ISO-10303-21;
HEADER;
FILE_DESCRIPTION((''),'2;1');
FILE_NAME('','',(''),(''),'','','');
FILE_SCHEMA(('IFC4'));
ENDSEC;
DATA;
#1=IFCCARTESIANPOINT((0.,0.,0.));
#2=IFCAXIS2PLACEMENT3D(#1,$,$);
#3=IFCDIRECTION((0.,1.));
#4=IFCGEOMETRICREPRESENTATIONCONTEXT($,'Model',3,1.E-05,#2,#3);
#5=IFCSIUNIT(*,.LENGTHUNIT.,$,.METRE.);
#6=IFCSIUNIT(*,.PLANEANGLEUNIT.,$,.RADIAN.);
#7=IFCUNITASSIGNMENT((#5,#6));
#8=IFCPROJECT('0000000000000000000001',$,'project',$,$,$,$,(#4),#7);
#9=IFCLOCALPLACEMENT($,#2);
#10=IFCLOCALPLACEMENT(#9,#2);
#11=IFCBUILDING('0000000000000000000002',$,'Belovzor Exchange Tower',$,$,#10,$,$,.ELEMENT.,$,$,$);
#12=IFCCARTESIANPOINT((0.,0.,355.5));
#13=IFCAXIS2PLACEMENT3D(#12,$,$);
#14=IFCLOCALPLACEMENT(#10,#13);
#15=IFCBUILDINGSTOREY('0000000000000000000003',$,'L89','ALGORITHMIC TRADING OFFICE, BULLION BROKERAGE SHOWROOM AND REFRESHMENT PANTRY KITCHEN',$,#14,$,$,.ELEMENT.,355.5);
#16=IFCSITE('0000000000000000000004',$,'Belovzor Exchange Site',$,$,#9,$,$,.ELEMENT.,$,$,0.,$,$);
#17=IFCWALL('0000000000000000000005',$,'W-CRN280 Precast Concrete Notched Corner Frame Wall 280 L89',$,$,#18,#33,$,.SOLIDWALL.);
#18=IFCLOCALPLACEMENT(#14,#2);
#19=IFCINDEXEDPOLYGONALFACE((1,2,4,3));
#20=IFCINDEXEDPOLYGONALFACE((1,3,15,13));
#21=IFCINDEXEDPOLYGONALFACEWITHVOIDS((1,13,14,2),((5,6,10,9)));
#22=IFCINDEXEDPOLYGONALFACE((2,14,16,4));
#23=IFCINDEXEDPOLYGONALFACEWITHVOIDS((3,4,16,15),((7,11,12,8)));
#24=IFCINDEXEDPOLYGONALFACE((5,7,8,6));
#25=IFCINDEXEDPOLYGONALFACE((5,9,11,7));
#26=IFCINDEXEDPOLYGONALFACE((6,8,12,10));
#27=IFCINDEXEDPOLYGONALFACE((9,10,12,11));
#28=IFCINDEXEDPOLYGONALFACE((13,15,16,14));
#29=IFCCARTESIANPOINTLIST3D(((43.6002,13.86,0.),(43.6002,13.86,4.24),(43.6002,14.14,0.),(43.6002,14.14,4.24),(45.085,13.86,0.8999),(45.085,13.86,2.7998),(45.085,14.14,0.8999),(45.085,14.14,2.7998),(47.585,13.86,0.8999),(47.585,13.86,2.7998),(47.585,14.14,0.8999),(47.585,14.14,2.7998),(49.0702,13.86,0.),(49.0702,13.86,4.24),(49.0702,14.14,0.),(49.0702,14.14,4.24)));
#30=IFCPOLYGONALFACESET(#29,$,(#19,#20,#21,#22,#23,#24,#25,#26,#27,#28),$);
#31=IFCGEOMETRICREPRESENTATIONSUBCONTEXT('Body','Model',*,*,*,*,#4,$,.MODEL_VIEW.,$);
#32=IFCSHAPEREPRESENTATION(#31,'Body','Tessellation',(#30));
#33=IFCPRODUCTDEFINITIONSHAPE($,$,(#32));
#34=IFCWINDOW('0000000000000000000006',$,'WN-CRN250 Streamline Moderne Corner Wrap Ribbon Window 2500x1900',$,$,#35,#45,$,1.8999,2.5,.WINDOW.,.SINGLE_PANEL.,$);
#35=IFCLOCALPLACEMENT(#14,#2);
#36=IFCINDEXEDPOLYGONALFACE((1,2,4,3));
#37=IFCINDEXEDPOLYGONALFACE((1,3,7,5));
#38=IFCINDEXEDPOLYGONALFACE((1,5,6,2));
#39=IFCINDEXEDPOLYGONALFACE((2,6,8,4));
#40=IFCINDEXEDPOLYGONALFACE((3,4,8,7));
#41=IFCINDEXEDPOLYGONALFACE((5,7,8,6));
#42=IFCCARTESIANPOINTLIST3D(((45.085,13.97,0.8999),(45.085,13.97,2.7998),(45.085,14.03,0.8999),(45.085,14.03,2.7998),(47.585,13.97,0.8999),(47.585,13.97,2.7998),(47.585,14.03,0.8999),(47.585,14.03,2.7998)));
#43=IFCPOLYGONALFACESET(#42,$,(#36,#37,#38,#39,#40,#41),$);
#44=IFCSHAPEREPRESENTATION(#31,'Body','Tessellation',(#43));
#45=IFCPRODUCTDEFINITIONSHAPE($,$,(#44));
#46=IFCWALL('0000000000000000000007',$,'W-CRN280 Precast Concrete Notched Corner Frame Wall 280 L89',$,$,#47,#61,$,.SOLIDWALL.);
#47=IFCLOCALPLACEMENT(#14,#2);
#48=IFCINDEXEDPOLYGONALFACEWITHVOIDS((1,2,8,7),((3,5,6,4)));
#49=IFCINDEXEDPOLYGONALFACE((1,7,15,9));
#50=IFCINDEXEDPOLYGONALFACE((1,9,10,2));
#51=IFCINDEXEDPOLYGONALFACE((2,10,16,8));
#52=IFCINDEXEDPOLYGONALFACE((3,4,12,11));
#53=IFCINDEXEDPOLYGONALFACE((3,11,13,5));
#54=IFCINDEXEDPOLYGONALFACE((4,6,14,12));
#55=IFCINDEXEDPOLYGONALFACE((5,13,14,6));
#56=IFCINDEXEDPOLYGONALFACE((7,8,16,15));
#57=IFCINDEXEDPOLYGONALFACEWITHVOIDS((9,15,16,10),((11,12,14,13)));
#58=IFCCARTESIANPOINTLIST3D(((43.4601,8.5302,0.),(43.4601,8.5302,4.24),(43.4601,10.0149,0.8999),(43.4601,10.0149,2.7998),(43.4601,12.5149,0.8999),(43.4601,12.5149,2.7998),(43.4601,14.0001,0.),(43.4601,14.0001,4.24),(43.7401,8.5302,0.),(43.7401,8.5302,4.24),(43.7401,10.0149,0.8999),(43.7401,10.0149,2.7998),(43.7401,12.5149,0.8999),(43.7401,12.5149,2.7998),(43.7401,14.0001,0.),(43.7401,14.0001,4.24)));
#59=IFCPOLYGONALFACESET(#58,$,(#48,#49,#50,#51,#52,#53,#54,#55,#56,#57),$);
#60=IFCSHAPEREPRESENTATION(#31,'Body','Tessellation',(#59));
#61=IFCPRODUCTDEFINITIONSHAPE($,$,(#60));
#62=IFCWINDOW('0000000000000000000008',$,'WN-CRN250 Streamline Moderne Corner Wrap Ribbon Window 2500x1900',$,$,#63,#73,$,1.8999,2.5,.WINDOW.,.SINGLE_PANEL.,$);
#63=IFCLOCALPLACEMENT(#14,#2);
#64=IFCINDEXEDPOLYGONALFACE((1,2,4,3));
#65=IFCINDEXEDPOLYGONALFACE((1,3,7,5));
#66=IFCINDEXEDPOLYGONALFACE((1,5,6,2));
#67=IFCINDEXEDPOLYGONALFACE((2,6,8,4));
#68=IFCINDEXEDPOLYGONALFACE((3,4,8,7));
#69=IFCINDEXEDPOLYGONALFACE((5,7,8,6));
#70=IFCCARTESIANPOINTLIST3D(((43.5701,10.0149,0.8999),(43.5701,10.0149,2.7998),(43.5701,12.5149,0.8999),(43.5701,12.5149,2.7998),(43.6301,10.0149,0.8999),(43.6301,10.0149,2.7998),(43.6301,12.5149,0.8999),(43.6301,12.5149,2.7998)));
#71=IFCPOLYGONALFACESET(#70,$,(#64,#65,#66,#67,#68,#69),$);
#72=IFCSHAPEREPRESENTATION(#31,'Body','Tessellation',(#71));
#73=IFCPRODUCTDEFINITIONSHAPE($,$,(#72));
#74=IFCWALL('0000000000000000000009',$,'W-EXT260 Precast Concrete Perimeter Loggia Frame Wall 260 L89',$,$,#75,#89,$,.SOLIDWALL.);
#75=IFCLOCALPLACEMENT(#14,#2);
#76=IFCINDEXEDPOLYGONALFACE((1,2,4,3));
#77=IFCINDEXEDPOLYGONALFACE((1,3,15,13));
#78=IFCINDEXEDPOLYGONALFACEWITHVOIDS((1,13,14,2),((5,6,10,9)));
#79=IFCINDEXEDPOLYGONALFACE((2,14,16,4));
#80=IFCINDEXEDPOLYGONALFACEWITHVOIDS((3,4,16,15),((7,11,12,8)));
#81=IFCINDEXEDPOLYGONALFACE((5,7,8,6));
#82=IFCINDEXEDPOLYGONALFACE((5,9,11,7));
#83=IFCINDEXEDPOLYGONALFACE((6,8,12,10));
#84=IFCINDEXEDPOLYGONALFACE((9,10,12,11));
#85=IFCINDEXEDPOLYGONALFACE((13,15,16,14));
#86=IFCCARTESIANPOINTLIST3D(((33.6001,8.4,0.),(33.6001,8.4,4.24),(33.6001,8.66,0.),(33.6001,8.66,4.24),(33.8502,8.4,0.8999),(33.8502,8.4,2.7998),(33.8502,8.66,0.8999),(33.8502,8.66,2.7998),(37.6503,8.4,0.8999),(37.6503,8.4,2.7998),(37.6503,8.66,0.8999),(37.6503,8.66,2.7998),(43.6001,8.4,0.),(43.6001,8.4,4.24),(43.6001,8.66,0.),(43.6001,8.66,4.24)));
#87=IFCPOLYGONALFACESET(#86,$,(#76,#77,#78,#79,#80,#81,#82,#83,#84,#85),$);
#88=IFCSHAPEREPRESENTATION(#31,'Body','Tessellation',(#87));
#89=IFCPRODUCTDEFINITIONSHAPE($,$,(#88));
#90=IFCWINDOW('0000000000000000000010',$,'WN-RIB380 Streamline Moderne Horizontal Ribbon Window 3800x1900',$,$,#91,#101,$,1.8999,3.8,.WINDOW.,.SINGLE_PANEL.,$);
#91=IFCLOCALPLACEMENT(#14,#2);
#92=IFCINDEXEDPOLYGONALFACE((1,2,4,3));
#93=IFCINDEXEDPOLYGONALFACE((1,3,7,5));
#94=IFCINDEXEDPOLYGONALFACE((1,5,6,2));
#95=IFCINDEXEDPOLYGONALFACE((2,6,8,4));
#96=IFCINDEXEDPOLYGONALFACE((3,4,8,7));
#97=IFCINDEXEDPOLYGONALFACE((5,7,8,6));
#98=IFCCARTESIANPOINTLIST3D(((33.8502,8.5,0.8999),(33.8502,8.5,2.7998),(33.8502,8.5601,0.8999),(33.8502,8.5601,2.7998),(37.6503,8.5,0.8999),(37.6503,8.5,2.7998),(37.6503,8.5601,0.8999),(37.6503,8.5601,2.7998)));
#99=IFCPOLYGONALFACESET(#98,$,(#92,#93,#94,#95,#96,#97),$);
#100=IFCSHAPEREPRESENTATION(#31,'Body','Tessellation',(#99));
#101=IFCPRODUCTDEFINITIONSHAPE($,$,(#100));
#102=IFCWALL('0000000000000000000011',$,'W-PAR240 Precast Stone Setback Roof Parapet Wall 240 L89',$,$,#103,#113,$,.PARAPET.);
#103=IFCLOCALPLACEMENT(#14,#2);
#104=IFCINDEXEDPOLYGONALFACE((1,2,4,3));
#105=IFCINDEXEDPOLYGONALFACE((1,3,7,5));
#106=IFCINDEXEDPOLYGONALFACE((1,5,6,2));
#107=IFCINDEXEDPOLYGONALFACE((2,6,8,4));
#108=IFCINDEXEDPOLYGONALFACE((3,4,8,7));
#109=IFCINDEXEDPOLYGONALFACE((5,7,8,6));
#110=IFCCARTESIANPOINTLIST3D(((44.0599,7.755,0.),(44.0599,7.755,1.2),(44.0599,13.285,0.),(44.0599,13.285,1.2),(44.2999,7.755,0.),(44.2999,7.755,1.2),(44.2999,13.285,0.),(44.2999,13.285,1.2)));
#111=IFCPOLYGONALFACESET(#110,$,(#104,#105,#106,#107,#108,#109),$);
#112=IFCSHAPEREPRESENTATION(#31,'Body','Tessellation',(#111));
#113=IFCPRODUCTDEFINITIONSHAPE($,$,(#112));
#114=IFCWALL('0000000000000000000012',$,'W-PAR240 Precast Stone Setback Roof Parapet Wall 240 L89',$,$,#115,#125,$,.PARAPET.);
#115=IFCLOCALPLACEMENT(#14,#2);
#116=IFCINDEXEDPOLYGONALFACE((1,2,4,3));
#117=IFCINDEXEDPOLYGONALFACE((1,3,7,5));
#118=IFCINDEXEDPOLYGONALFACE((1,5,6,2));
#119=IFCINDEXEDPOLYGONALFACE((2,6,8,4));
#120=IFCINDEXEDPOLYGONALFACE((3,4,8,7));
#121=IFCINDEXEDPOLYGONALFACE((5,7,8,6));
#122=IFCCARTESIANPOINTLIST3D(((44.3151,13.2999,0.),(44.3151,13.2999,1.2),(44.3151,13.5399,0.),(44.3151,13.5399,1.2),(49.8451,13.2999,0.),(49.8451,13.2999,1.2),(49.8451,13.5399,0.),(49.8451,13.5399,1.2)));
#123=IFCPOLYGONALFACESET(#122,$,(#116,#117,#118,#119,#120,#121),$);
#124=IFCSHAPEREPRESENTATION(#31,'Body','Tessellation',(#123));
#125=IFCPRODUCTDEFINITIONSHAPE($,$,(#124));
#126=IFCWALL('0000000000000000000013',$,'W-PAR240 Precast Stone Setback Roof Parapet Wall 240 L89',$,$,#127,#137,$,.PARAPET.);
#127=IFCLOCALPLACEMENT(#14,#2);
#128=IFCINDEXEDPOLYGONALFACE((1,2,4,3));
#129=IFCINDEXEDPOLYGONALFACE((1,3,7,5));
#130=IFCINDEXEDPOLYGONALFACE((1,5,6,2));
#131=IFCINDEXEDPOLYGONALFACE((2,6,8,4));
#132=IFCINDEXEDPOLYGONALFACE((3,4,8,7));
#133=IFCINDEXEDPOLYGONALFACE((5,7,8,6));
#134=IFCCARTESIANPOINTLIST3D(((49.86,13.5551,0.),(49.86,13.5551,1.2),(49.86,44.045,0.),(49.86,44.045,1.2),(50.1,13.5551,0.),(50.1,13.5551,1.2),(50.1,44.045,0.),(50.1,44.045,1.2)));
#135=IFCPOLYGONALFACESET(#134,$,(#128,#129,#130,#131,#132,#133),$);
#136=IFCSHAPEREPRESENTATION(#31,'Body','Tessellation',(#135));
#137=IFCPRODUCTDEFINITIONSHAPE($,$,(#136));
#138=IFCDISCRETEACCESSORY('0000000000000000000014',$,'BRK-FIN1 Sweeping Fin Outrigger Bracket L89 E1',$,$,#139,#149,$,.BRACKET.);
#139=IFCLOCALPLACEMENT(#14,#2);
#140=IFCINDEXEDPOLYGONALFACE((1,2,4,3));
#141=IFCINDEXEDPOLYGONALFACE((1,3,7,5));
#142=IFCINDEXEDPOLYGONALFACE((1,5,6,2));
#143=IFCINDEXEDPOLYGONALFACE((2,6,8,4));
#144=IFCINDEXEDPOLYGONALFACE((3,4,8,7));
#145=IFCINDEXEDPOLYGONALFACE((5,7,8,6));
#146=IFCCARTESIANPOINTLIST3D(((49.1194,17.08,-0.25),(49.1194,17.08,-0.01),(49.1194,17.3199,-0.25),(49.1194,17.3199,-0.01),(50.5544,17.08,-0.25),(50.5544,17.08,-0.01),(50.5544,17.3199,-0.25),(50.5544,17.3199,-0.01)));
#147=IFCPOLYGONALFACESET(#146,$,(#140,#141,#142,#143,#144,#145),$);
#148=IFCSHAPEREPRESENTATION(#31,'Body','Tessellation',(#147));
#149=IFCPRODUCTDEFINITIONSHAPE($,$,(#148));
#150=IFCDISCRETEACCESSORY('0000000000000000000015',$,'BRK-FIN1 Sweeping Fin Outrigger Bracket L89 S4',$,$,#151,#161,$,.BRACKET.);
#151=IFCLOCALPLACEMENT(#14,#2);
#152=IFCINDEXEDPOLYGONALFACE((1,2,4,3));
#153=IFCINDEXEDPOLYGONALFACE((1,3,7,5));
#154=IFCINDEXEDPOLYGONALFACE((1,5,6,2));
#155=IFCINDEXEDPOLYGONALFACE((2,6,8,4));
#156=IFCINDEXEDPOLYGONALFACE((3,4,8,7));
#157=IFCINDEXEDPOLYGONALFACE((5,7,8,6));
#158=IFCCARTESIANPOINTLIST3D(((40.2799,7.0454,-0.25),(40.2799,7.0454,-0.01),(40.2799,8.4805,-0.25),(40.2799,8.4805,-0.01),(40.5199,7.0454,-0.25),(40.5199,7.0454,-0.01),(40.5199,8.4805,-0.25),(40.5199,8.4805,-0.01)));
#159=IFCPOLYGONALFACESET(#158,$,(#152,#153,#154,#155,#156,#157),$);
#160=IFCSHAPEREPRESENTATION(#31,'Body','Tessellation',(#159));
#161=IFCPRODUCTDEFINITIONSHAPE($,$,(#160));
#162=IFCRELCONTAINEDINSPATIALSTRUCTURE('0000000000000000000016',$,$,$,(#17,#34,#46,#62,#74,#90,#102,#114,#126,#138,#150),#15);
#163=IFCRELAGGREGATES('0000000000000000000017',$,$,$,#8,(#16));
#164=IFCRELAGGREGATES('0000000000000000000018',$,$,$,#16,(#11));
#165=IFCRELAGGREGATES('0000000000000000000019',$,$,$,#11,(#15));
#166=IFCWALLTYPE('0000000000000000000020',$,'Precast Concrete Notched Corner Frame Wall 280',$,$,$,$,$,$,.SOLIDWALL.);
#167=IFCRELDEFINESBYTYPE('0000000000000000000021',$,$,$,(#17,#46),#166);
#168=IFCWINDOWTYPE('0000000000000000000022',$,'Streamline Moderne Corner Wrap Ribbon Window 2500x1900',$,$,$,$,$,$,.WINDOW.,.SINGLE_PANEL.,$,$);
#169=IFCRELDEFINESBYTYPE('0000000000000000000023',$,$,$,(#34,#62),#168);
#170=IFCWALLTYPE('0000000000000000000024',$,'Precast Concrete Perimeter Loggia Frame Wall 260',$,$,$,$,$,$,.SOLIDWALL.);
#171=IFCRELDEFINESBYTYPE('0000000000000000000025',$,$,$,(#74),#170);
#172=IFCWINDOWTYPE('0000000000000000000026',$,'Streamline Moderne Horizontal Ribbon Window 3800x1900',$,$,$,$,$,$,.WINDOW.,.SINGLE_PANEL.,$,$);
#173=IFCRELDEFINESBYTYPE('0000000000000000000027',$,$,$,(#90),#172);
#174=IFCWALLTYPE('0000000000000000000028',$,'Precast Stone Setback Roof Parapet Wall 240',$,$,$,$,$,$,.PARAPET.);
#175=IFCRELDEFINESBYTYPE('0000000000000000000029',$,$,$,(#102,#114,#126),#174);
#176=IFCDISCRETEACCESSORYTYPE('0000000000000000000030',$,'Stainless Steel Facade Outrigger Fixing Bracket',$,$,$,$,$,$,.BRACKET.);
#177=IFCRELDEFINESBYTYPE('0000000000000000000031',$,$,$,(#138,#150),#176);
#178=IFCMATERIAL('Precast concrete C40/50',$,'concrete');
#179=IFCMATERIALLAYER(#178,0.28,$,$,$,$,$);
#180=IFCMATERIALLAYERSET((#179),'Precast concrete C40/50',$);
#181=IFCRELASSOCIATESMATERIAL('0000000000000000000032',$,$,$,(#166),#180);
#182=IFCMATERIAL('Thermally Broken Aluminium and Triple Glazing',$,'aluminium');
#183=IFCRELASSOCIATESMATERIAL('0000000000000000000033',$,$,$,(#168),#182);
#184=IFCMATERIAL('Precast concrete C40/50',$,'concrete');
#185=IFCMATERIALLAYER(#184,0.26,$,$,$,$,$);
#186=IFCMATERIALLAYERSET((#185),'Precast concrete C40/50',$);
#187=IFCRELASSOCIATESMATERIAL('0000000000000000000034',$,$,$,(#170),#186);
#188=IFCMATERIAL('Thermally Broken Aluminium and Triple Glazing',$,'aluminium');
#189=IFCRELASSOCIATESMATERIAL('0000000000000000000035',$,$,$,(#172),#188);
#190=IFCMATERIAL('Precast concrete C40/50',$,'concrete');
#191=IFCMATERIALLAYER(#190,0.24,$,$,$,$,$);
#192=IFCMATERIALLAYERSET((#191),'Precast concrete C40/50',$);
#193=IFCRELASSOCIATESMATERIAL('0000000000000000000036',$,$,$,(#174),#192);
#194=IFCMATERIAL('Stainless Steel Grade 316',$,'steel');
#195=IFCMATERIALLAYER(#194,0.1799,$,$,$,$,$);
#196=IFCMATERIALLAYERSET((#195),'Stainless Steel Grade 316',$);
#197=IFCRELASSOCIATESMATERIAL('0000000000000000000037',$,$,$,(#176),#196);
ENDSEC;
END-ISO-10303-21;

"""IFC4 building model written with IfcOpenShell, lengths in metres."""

from ifc_helpers import new_model, si_unit, direction, frame, frame_2d, origin, origin_2d, place, context, subcontext, project, spatial, rectangle, extrude, material, layer, layer_set, type_object, element, fill, save


model = new_model("IFC4")

# Units and contexts
model_context = context("Model", 3, precision=1e-05, world=origin(), true_north=direction((0.0, 1.0)))
body_context = subcontext(model_context, "Body", "Model", "MODEL_VIEW")
ifc_project = project(units=[si_unit("LENGTHUNIT", "METRE"), si_unit("PLANEANGLEUNIT", "RADIAN")], contexts=[model_context])

# Site, building, storey
site_placement = place(None, origin())
site = spatial("IfcSite", under=ifc_project, at=site_placement, Name="Belovzor Exchange Site", CompositionType="ELEMENT", RefElevation=0.0)
building_placement = place(site_placement, origin())
building = spatial("IfcBuilding", under=site, at=building_placement, Name="Belovzor Exchange Tower", CompositionType="ELEMENT")
storey_placement = place(building_placement, frame((0.0, 0.0, 355.5)))
storey = spatial("IfcBuildingStorey", under=building, at=storey_placement, Name="L89", Description="ALGORITHMIC TRADING OFFICE, BULLION BROKERAGE SHOWROOM AND REFRESHMENT PANTRY KITCHEN", CompositionType="ELEMENT", Elevation=355.5)

# Walls, openings, windows
ifc_material_1 = material(Name="Precast concrete C40/50", Category="concrete")
ifc_layer_1 = layer(ifc_material_1, 0.28)
ifc_layer_set_1 = layer_set([ifc_layer_1], Name="Precast concrete C40/50")
wall_type_1 = type_object("IfcWallType", Name="Precast Concrete Notched Corner Frame Wall 280", PredefinedType="SOLIDWALL", material=ifc_layer_set_1)
wall_1_placement = place(storey_placement, frame((49.0701, 14.0, 0.0), z_axis=(0.0, 0.0, 1.0), x_axis=(-1.0, 0.0, 0.0)))
wall_1 = element("IfcWall", 1, at=wall_1_placement, inside=storey, type_object=wall_type_1, Name="W-CRN280 Precast Concrete Notched Corner Frame Wall 280 L89", PredefinedType="SOLIDWALL", context=body_context, shape_type="SweptSolid", body=[
    extrude(rectangle(XDim=5.47, YDim=0.28, at=frame_2d((2.7349, 0.0))), origin(), (0.0, 0.0, 1.0), 4.24),
])
opening_1_placement = place(wall_1_placement, frame((1.4851, 0.0, 0.8999)))
opening_1 = element("IfcOpeningElement", 2, at=opening_1_placement, cuts=wall_1, PredefinedType="OPENING", context=body_context, shape_type="SweptSolid", body=[
    extrude(rectangle(XDim=2.5, YDim=1.8999, at=frame_2d((1.25, 0.95))), frame((0.0, 0.1499, 0.0), z_axis=(0.0, -1.0, 0.0), x_axis=(1.0, 0.0, 0.0)), (0.0, 0.0, 1.0), 0.3),
])
ifc_material_2 = material(Name="Thermally Broken Aluminium and Triple Glazing", Category="aluminium")
window_type_1 = type_object("IfcWindowType", Name="Streamline Moderne Corner Wrap Ribbon Window 2500x1900", PartitioningType="SINGLE_PANEL", PredefinedType="WINDOW", material=ifc_material_2)
window_1_placement = place(opening_1_placement, origin())
window_1 = element("IfcWindow", 3, at=window_1_placement, inside=storey, type_object=window_type_1, Name="WN-CRN250 Streamline Moderne Corner Wrap Ribbon Window 2500x1900", OverallHeight=1.8999, OverallWidth=2.5, PartitioningType="SINGLE_PANEL", PredefinedType="WINDOW", context=body_context, shape_type="SweptSolid", body=[
    extrude(rectangle(XDim=2.5, YDim=1.8999, at=frame_2d((1.25, 0.95))), frame((0.0, 0.03, 0.0), z_axis=(0.0, -1.0, 0.0), x_axis=(1.0, 0.0, 0.0)), (0.0, 0.0, 1.0), 0.0601),
])
fill(opening_1, window_1)
wall_2_placement = place(storey_placement, frame((43.6001, 14.0, 0.0), z_axis=(0.0, 0.0, 1.0), x_axis=(0.0, -1.0, 0.0)))
wall_2 = element("IfcWall", 4, at=wall_2_placement, inside=storey, type_object=wall_type_1, Name="W-CRN280 Precast Concrete Notched Corner Frame Wall 280 L89", PredefinedType="SOLIDWALL", context=body_context, shape_type="SweptSolid", body=[
    extrude(rectangle(XDim=5.47, YDim=0.28, at=frame_2d((2.7349, 0.0))), origin(), (0.0, 0.0, 1.0), 4.24),
])
opening_2_placement = place(wall_2_placement, frame((1.4851, 0.0, 0.8999)))
opening_2 = element("IfcOpeningElement", 5, at=opening_2_placement, cuts=wall_2, PredefinedType="OPENING", context=body_context, shape_type="SweptSolid", body=[
    extrude(rectangle(XDim=2.5, YDim=1.8999, at=frame_2d((1.25, 0.95))), frame((0.0, 0.1499, 0.0), z_axis=(0.0, -1.0, 0.0), x_axis=(1.0, 0.0, 0.0)), (0.0, 0.0, 1.0), 0.3),
])
window_2_placement = place(opening_2_placement, origin())
window_2 = element("IfcWindow", 6, at=window_2_placement, inside=storey, type_object=window_type_1, Name="WN-CRN250 Streamline Moderne Corner Wrap Ribbon Window 2500x1900", OverallHeight=1.8999, OverallWidth=2.5, PartitioningType="SINGLE_PANEL", PredefinedType="WINDOW", context=body_context, shape_type="SweptSolid", body=[
    extrude(rectangle(XDim=2.5, YDim=1.8999, at=frame_2d((1.25, 0.95))), frame((0.0, 0.03, 0.0), z_axis=(0.0, -1.0, 0.0), x_axis=(1.0, 0.0, 0.0)), (0.0, 0.0, 1.0), 0.0601),
])
fill(opening_2, window_2)
ifc_material_3 = material(Name="Precast concrete C40/50", Category="concrete")
ifc_layer_2 = layer(ifc_material_3, 0.26)
ifc_layer_set_2 = layer_set([ifc_layer_2], Name="Precast concrete C40/50")
wall_type_2 = type_object("IfcWallType", Name="Precast Concrete Perimeter Loggia Frame Wall 260", PredefinedType="SOLIDWALL", material=ifc_layer_set_2)
wall_3_placement = place(storey_placement, frame((43.6001, 8.53, 0.0), z_axis=(0.0, 0.0, 1.0), x_axis=(-1.0, 0.0, 0.0)))
wall_3 = element("IfcWall", 7, at=wall_3_placement, inside=storey, type_object=wall_type_2, Name="W-EXT260 Precast Concrete Perimeter Loggia Frame Wall 260 L89", PredefinedType="SOLIDWALL", context=body_context, shape_type="SweptSolid", body=[
    extrude(rectangle(XDim=10.0, YDim=0.26, at=frame_2d((5.0, 0.0))), origin(), (0.0, 0.0, 1.0), 4.24),
])
opening_3_placement = place(wall_3_placement, frame((5.95, 0.0, 0.8999)))
opening_3 = element("IfcOpeningElement", 8, at=opening_3_placement, cuts=wall_3, PredefinedType="OPENING", context=body_context, shape_type="SweptSolid", body=[
    extrude(rectangle(XDim=3.8, YDim=1.8999, at=frame_2d((1.8999, 0.95))), frame((0.0, 0.1399, 0.0), z_axis=(0.0, -1.0, 0.0), x_axis=(1.0, 0.0, 0.0)), (0.0, 0.0, 1.0), 0.28),
])
ifc_material_4 = material(Name="Thermally Broken Aluminium and Triple Glazing", Category="aluminium")
window_type_2 = type_object("IfcWindowType", Name="Streamline Moderne Horizontal Ribbon Window 3800x1900", PartitioningType="SINGLE_PANEL", PredefinedType="WINDOW", material=ifc_material_4)
window_3_placement = place(opening_3_placement, origin())
window_3 = element("IfcWindow", 9, at=window_3_placement, inside=storey, type_object=window_type_2, Name="WN-RIB380 Streamline Moderne Horizontal Ribbon Window 3800x1900", OverallHeight=1.8999, OverallWidth=3.8, PartitioningType="SINGLE_PANEL", PredefinedType="WINDOW", context=body_context, shape_type="SweptSolid", body=[
    extrude(rectangle(XDim=3.8, YDim=1.8999, at=frame_2d((1.8999, 0.95))), frame((0.0, 0.03, 0.0), z_axis=(0.0, -1.0, 0.0), x_axis=(1.0, 0.0, 0.0)), (0.0, 0.0, 1.0), 0.0601),
])
fill(opening_3, window_3)

# Walls
ifc_material_5 = material(Name="Precast concrete C40/50", Category="concrete")
ifc_layer_3 = layer(ifc_material_5, 0.24)
ifc_layer_set_3 = layer_set([ifc_layer_3], Name="Precast concrete C40/50")
wall_type_3 = type_object("IfcWallType", Name="Precast Stone Setback Roof Parapet Wall 240", PredefinedType="PARAPET", material=ifc_layer_set_3)
for number, where, z_axis, x_axis, name in (
    (10, (44.1799, 7.7549, 0.0), (0.0, 0.0, 1.0), (0.0, 1.0, 0.0), "W-PAR240 Precast Stone Setback Roof Parapet Wall 240 L89"),
    (11, (44.3149, 13.4199, 0.0), (0.0, 0.0, 1.0), (1.0, 0.0, 0.0), "W-PAR240 Precast Stone Setback Roof Parapet Wall 240 L89"),
):
    element("IfcWall", number, at=place(storey_placement, frame(where, z_axis=z_axis, x_axis=x_axis)), inside=storey, type_object=wall_type_3, Name=name, PredefinedType="PARAPET", context=body_context, shape_type="SweptSolid", body=[
        extrude(rectangle(XDim=5.53, YDim=0.24, at=frame_2d((2.7651, 0.0))), origin(), (0.0, 0.0, 1.0), 1.2),
    ])
wall_4_placement = place(storey_placement, frame((49.98, 13.5549, 0.0), z_axis=(0.0, 0.0, 1.0), x_axis=(0.0, 1.0, 0.0)))
element("IfcWall", 12, at=wall_4_placement, inside=storey, type_object=wall_type_3, Name="W-PAR240 Precast Stone Setback Roof Parapet Wall 240 L89", PredefinedType="PARAPET", context=body_context, shape_type="SweptSolid", body=[
    extrude(rectangle(XDim=30.49, YDim=0.24, at=frame_2d((15.2451, 0.0))), origin(), (0.0, 0.0, 1.0), 1.2),
])

# Discrete accessories
ifc_material_6 = material(Name="Stainless Steel Grade 316", Category="steel")
ifc_layer_4 = layer(ifc_material_6, 0.1799)
ifc_layer_set_4 = layer_set([ifc_layer_4], Name="Stainless Steel Grade 316")
discrete_accessory_type = type_object("IfcDiscreteAccessoryType", Name="Stainless Steel Facade Outrigger Fixing Bracket", PredefinedType="BRACKET", material=ifc_layer_set_4)
for number, where, z_axis, x_axis, name in (
    (13, (49.8369, 17.2, -0.25), (0.0, 0.0, 1.0), (1.0, 0.0, 0.0), "BRK-FIN1 Sweeping Fin Outrigger Bracket L89 E1"),
    (14, (40.3999, 7.7629, -0.25), (0.0, 0.0, 1.0), (0.0, 1.0, 0.0), "BRK-FIN1 Sweeping Fin Outrigger Bracket L89 S4"),
):
    element("IfcDiscreteAccessory", number, at=place(storey_placement, frame(where, z_axis=z_axis, x_axis=x_axis)), inside=storey, type_object=discrete_accessory_type, Name=name, PredefinedType="BRACKET", context=body_context, shape_type="SweptSolid", body=[
        extrude(rectangle(XDim=1.4351, YDim=0.24, at=origin_2d()), origin(), (0.0, 0.0, 1.0), 0.24),
    ])

save(model, "model.ifc")
